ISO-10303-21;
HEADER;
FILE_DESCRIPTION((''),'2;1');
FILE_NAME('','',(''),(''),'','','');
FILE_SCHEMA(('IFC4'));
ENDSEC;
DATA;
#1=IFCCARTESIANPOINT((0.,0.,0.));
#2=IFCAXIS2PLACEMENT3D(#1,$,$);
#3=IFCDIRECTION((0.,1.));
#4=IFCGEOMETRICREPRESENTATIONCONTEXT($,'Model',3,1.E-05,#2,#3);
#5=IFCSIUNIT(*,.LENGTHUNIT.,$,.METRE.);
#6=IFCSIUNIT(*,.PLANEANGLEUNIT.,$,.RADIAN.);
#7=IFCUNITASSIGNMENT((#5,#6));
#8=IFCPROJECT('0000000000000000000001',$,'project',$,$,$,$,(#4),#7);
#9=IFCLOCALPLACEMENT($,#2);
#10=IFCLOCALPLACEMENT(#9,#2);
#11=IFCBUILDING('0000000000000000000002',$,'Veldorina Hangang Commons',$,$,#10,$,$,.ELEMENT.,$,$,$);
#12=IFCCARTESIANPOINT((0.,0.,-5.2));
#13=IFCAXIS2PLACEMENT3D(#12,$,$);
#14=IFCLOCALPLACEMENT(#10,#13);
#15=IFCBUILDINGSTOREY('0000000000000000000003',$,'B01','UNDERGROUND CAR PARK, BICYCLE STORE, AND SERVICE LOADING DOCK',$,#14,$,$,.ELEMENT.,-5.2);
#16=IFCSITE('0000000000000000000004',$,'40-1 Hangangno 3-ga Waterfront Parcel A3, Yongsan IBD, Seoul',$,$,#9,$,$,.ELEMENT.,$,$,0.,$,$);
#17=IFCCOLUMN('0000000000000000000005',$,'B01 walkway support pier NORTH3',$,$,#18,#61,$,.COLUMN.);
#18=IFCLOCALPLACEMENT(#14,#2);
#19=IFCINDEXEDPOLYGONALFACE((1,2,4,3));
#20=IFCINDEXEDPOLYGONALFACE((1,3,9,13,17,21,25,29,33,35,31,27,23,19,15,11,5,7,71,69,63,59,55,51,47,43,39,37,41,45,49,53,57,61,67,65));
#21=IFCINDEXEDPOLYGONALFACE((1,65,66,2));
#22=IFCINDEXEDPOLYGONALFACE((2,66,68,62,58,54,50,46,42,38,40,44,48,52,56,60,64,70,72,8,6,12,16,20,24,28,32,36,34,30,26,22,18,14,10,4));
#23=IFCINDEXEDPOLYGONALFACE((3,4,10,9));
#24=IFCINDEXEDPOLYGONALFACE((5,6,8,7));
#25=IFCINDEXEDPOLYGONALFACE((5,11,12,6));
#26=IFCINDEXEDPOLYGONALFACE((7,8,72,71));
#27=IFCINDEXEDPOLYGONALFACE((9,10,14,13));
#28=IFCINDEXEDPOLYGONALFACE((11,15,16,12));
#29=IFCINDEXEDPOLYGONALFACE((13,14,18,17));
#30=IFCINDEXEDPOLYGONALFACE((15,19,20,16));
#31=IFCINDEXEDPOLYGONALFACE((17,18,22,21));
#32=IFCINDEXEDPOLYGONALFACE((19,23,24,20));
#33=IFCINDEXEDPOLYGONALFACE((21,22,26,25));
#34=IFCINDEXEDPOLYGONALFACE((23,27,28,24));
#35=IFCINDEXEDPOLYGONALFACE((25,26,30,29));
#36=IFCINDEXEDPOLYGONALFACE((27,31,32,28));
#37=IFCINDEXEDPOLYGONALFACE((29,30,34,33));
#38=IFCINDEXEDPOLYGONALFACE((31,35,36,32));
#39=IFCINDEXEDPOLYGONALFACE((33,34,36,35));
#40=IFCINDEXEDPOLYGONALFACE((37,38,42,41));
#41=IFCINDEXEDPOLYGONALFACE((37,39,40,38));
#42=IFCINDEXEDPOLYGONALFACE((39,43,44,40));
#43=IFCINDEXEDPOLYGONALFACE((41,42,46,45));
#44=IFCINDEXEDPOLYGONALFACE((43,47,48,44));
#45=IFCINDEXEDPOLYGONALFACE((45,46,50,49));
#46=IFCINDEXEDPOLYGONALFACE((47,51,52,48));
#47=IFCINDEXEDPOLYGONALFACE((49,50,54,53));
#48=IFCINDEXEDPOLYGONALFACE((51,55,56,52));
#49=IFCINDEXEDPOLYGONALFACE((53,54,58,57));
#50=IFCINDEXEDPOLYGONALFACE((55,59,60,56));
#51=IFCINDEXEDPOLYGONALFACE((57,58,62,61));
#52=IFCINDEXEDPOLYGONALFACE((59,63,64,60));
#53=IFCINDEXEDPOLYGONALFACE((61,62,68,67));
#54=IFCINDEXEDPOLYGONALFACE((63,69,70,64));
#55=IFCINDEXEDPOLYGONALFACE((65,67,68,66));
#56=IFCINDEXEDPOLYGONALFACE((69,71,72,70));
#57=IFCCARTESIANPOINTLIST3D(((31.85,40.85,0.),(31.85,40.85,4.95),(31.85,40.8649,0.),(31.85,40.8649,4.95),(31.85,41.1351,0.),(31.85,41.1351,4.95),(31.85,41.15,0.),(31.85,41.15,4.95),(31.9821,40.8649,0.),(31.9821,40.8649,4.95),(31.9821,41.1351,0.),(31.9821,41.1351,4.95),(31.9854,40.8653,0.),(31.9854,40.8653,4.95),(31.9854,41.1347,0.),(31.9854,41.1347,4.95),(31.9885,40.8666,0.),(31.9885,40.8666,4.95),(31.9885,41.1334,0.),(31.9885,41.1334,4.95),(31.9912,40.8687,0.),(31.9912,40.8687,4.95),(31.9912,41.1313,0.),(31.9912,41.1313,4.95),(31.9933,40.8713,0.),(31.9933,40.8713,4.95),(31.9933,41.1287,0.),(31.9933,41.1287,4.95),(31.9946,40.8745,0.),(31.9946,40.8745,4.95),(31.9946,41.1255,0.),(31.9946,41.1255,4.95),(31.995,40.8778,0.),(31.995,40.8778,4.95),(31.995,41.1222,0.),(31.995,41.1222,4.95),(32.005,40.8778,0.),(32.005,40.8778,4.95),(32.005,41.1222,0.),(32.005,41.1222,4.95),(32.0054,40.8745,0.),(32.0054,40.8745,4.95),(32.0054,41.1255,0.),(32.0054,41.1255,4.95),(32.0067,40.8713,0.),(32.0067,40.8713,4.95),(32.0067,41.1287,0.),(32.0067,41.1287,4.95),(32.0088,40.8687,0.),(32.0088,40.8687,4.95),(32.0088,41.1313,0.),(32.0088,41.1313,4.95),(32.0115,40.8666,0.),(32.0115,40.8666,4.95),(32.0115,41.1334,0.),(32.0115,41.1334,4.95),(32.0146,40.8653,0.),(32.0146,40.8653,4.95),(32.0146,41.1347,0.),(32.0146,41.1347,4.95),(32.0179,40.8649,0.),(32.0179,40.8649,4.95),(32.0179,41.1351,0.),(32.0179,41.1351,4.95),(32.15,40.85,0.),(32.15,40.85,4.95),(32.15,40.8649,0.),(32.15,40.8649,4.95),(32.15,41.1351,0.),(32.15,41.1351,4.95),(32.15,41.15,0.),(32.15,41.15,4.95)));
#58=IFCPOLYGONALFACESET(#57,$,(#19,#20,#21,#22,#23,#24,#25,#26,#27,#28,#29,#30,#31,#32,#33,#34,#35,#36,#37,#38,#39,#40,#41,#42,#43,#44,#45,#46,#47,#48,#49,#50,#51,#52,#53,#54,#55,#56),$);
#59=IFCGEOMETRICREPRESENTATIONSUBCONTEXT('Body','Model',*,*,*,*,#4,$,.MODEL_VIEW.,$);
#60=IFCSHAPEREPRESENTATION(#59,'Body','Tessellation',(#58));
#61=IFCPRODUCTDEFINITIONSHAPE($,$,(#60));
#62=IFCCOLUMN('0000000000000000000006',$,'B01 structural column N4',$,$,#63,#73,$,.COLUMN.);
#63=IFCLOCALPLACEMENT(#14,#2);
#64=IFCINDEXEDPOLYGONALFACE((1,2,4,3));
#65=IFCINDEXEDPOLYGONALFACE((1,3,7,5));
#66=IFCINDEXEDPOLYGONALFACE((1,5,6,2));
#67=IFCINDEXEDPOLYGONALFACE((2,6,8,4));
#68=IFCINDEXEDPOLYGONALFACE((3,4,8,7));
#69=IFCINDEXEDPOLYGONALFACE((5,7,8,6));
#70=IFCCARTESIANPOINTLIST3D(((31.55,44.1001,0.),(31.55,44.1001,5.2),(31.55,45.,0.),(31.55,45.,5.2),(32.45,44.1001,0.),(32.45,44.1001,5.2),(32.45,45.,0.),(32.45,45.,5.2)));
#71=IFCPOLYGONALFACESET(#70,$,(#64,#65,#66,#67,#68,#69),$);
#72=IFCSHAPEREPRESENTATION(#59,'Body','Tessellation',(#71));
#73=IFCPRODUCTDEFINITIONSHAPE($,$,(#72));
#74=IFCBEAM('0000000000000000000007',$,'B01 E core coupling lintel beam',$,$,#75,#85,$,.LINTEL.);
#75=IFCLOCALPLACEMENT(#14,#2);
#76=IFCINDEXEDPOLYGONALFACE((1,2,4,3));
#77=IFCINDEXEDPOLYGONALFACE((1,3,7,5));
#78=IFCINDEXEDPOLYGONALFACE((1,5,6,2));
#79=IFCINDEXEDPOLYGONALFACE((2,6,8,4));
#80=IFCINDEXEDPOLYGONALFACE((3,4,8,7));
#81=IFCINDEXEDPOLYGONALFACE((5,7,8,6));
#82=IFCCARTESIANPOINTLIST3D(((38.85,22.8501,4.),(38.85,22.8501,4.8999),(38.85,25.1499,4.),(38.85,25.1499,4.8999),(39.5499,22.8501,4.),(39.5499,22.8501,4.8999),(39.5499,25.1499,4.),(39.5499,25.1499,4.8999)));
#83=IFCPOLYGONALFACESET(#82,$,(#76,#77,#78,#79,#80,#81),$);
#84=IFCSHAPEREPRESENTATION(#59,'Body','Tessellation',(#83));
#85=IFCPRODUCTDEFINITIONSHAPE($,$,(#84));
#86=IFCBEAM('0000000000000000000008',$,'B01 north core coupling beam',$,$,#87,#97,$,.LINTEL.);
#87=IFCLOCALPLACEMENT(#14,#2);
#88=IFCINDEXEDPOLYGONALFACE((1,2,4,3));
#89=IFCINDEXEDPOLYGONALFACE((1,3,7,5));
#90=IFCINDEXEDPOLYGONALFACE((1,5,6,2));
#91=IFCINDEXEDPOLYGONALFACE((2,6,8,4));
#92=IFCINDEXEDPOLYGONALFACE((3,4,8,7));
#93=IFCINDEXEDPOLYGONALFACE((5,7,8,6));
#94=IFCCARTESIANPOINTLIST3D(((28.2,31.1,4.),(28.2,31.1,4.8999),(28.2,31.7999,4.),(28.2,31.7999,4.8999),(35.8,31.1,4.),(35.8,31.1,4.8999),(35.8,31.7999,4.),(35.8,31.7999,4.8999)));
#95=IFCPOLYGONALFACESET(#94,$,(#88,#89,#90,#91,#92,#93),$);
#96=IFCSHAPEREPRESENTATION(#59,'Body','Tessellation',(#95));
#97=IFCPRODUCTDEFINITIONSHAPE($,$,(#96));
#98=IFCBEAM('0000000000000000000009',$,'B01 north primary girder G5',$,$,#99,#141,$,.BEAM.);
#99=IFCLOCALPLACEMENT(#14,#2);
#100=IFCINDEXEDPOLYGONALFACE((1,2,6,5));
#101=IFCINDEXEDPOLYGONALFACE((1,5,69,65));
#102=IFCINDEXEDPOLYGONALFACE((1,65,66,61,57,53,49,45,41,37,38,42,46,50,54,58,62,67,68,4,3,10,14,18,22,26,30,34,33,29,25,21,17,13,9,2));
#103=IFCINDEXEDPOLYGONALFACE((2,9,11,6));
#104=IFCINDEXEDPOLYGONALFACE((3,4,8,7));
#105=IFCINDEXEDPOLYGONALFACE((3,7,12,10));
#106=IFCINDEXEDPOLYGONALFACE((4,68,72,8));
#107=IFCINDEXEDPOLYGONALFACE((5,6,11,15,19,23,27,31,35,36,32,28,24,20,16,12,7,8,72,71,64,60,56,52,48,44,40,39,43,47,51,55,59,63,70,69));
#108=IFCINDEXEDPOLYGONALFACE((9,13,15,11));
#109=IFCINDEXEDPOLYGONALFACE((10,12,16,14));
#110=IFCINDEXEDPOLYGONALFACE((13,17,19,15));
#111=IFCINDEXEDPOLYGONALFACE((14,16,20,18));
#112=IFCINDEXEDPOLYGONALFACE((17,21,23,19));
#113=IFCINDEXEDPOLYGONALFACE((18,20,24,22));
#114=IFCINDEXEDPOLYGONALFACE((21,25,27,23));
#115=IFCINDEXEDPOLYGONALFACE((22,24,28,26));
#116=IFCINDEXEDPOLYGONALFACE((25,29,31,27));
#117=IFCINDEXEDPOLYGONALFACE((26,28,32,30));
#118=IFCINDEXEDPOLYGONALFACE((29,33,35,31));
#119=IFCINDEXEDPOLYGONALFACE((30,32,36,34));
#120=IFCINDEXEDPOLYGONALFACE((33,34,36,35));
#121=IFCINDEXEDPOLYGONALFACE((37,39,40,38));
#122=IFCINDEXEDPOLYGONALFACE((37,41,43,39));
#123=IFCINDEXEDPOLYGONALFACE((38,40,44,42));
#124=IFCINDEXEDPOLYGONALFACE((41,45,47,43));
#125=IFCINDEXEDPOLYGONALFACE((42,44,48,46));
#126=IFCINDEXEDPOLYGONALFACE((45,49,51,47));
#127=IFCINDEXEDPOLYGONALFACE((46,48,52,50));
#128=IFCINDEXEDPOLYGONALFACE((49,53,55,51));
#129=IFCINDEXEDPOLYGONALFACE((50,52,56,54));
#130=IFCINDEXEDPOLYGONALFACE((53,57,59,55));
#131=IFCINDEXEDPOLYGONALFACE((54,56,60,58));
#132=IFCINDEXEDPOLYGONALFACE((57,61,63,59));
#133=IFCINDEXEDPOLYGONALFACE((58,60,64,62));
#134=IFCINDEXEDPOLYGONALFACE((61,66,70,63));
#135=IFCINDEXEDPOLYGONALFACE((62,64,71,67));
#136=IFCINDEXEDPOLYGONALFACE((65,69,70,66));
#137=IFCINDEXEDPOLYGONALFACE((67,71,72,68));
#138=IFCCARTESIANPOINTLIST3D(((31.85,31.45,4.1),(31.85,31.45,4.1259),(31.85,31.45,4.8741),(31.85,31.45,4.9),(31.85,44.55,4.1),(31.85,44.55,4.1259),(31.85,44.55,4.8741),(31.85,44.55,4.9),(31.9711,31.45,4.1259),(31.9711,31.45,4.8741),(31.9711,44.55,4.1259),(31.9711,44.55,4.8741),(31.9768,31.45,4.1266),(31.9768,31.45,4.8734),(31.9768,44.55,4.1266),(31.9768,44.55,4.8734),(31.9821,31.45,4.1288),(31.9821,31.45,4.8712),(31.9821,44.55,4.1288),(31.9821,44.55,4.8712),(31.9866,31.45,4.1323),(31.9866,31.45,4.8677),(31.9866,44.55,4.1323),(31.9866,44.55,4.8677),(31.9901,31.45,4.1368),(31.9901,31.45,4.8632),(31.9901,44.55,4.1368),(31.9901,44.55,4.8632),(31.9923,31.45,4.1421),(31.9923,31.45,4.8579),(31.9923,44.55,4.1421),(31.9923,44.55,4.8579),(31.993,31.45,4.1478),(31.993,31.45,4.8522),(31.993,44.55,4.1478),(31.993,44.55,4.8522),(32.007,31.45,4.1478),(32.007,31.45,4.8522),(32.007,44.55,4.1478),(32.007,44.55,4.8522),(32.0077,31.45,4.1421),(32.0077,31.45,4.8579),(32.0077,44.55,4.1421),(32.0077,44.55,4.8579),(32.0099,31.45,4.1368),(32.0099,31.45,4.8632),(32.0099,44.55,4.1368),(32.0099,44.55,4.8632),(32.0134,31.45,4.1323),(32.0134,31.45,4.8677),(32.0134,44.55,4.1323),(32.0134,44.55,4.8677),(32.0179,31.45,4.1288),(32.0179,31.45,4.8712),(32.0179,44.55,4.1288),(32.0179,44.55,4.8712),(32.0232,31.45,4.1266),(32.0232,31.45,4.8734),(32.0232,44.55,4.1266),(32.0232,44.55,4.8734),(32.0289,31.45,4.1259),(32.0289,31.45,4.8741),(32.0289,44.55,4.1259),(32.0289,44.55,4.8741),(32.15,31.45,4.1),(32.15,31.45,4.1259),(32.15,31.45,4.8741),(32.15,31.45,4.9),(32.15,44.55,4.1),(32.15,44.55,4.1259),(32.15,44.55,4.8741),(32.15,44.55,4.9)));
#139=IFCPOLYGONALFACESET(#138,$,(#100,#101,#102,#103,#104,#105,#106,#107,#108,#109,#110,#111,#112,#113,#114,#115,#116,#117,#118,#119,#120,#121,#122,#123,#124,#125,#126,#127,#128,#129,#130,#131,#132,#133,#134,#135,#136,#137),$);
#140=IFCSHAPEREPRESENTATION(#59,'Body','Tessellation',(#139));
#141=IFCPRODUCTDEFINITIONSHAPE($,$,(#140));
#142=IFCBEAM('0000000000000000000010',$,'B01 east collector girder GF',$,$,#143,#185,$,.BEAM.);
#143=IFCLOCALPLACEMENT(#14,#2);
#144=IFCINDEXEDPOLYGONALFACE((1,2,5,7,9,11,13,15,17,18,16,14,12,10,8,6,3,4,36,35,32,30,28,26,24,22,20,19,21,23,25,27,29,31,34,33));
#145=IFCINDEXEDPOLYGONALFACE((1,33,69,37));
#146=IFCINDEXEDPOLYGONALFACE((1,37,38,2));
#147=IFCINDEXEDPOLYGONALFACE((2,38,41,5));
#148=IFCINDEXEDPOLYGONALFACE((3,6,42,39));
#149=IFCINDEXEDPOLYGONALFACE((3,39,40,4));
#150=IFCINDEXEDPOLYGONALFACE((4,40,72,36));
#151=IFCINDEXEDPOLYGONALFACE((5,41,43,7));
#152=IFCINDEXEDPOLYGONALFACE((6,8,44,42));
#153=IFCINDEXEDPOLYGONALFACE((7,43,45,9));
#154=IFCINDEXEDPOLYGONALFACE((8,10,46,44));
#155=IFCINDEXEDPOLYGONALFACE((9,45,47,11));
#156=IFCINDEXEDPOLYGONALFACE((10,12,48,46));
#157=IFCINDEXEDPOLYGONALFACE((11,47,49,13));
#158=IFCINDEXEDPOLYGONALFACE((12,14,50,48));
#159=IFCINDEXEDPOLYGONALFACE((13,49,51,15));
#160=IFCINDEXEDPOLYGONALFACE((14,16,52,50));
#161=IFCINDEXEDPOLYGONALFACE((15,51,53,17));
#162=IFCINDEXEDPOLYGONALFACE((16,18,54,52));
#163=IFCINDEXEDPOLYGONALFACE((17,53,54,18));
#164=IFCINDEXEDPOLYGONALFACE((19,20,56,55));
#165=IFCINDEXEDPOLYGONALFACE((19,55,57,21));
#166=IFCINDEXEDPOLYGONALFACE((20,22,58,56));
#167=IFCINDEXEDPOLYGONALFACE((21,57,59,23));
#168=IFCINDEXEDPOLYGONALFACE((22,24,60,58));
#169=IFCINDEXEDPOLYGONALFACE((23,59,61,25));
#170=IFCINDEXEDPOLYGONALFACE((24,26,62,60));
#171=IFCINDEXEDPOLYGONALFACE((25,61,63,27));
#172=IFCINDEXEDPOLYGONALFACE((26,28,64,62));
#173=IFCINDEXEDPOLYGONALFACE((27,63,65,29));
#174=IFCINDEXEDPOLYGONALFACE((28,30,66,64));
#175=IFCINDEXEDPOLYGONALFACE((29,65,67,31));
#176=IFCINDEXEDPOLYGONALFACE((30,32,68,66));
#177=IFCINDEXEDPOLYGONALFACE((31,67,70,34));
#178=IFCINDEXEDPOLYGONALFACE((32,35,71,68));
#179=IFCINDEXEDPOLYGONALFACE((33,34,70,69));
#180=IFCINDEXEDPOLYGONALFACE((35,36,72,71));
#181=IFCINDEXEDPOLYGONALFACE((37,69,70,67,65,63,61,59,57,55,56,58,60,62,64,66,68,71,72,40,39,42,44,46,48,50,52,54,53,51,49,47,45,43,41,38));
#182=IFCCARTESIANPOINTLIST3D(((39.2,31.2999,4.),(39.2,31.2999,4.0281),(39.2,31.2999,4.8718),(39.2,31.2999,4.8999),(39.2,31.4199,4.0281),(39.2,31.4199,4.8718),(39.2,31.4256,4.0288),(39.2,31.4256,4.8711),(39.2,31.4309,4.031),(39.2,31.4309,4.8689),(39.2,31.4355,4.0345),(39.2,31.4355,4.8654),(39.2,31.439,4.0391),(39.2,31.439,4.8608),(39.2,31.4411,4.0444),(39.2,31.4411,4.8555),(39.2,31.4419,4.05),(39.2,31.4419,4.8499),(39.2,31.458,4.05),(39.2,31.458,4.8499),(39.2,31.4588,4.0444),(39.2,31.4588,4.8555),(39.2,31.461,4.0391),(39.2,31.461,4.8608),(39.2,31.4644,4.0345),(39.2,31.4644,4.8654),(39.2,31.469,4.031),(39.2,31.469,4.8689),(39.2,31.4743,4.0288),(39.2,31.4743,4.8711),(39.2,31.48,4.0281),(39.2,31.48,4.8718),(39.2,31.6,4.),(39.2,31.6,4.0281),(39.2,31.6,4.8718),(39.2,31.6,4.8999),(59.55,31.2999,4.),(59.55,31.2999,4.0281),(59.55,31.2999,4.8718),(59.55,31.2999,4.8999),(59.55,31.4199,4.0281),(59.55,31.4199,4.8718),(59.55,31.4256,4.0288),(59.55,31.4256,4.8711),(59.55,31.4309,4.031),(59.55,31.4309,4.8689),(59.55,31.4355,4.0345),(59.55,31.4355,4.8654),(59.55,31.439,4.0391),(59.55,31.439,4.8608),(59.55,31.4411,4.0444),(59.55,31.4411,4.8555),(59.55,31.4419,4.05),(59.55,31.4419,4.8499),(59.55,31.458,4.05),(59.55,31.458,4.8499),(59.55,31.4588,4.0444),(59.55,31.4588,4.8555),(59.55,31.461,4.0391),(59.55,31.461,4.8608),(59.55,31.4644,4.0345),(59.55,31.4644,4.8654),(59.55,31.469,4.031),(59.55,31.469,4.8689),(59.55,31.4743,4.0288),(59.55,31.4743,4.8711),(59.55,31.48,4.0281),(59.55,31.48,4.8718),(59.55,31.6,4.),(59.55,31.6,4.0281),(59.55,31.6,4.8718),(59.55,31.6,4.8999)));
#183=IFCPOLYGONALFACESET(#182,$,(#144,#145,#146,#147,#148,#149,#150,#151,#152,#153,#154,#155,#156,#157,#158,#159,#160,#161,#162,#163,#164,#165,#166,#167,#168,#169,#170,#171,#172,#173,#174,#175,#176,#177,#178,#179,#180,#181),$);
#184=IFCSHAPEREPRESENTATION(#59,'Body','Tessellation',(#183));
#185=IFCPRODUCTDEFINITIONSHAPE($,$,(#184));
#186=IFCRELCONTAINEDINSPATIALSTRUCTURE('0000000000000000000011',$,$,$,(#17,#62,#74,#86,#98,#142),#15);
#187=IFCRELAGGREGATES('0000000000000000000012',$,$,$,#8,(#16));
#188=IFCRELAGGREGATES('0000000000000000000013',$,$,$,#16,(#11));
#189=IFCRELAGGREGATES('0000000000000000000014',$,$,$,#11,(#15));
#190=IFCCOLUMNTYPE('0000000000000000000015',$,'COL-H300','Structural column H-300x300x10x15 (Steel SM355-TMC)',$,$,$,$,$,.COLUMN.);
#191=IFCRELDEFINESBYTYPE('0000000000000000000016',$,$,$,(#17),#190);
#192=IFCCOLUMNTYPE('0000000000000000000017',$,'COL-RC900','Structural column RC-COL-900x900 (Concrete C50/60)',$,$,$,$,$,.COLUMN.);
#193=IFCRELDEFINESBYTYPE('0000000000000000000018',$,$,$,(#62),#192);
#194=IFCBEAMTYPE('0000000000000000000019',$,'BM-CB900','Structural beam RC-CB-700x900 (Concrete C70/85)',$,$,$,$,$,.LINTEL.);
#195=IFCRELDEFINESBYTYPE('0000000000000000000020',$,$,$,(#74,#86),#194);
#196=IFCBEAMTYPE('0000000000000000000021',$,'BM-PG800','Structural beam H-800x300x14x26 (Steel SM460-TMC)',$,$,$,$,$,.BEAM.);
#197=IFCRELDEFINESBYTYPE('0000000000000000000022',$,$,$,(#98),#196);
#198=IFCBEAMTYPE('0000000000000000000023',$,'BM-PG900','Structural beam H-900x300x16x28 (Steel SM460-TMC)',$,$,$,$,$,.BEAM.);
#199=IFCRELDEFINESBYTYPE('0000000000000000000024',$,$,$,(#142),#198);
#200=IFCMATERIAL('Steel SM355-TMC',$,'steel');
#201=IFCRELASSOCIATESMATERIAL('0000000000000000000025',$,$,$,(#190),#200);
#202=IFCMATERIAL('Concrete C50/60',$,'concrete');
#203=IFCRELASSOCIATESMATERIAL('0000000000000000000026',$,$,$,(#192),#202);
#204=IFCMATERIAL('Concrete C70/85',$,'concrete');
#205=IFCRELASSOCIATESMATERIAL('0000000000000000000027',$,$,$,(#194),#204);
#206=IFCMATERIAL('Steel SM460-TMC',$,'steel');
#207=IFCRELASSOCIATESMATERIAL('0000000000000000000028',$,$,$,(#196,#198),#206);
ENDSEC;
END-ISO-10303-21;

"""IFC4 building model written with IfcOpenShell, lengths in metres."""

from ifc_helpers import new_model, si_unit, direction, frame, origin, origin_2d, place, context, subcontext, project, spatial, rectangle, i_section, extrude, material, material_profile, profile_set, type_object, element, save


model = new_model("IFC4")

# Units and contexts
model_context = context("Model", 3, precision=1e-05, world=origin(), true_north=direction((0.0, 1.0)))
body_context = subcontext(model_context, "Body", "Model", "MODEL_VIEW")
ifc_project = project(units=[si_unit("LENGTHUNIT", "METRE"), si_unit("PLANEANGLEUNIT", "RADIAN")], contexts=[model_context])

# Site, building, storey
site_placement = place(None, origin())
site = spatial("IfcSite", under=ifc_project, at=site_placement, Name="40-1 Hangangno 3-ga Waterfront Parcel A3, Yongsan IBD, Seoul", CompositionType="ELEMENT", RefElevation=0.0)
building_placement = place(site_placement, origin())
building = spatial("IfcBuilding", under=site, at=building_placement, Name="Veldorina Hangang Commons", CompositionType="ELEMENT")
storey_placement = place(building_placement, frame((0.0, 0.0, -5.2)))
storey = spatial("IfcBuildingStorey", under=building, at=storey_placement, Name="B01", Description="UNDERGROUND CAR PARK, BICYCLE STORE, AND SERVICE LOADING DOCK", CompositionType="ELEMENT", Elevation=-5.2)

# Columns
ifc_material_1 = material(Name="Steel SM355-TMC", Category="steel")
ifc_material_profile_1 = material_profile(ifc_material_1, i_section(OverallWidth=0.3, OverallDepth=0.3, WebThickness=0.01, FlangeThickness=0.0149, FilletRadius=0.0129, at=origin_2d()), Name="H-300x300x10x15")
ifc_profile_set_1 = profile_set([ifc_material_profile_1], Name="Steel SM355-TMC")
column_type_1 = type_object("IfcColumnType", Name="COL-H300", Description="Structural column H-300x300x10x15 (Steel SM355-TMC)", PredefinedType="COLUMN", material=ifc_profile_set_1)
column_1_placement = place(storey_placement, frame((32.0, 41.0, 0.0), z_axis=(0.0, 0.0, 1.0), x_axis=(1.0, 0.0, 0.0)))
element("IfcColumn", 1, at=column_1_placement, inside=storey, type_object=column_type_1, Name="B01 walkway support pier NORTH3", PredefinedType="COLUMN", context=body_context, shape_type="SweptSolid", body=[
    extrude(i_section(OverallWidth=0.3, OverallDepth=0.3, WebThickness=0.01, FlangeThickness=0.0149, FilletRadius=0.0129, at=origin_2d()), origin(), (0.0, 0.0, 1.0), 4.95),
])
ifc_material_2 = material(Name="Concrete C50/60", Category="concrete")
ifc_material_profile_2 = material_profile(ifc_material_2, rectangle(XDim=0.8999, YDim=0.8999, at=origin_2d()), Name="RC-COL-900x900")
ifc_profile_set_2 = profile_set([ifc_material_profile_2], Name="Concrete C50/60")
column_type_2 = type_object("IfcColumnType", Name="COL-RC900", Description="Structural column RC-COL-900x900 (Concrete C50/60)", PredefinedType="COLUMN", material=ifc_profile_set_2)
column_2_placement = place(storey_placement, frame((32.0, 44.55, 0.0), z_axis=(0.0, 0.0, 1.0), x_axis=(1.0, 0.0, 0.0)))
element("IfcColumn", 2, at=column_2_placement, inside=storey, type_object=column_type_2, Name="B01 structural column N4", PredefinedType="COLUMN", context=body_context, shape_type="SweptSolid", body=[
    extrude(rectangle(XDim=0.8999, YDim=0.8999, at=origin_2d()), origin(), (0.0, 0.0, 1.0), 5.2),
])

# Beams
ifc_material_3 = material(Name="Concrete C70/85", Category="concrete")
ifc_material_profile_3 = material_profile(ifc_material_3, rectangle(XDim=0.7, YDim=0.8999, at=origin_2d()), Name="RC-CB-700x900")
ifc_profile_set_3 = profile_set([ifc_material_profile_3], Name="Concrete C70/85")
beam_type_1 = type_object("IfcBeamType", Name="BM-CB900", Description="Structural beam RC-CB-700x900 (Concrete C70/85)", PredefinedType="LINTEL", material=ifc_profile_set_3)
beam_1_placement = place(storey_placement, frame((39.2, 22.8501, 4.45), z_axis=(0.0, 1.0, 0.0), x_axis=(-1.0, 0.0, 0.0)))
element("IfcBeam", 3, at=beam_1_placement, inside=storey, type_object=beam_type_1, Name="B01 E core coupling lintel beam", PredefinedType="LINTEL", context=body_context, shape_type="SweptSolid", body=[
    extrude(rectangle(XDim=0.7, YDim=0.8999, at=origin_2d()), origin(), (0.0, 0.0, 1.0), 2.2998),
])
beam_2_placement = place(storey_placement, frame((28.2, 31.45, 4.45), z_axis=(1.0, 0.0, 0.0), x_axis=(0.0, 1.0, 0.0)))
element("IfcBeam", 4, at=beam_2_placement, inside=storey, type_object=beam_type_1, Name="B01 north core coupling beam", PredefinedType="LINTEL", context=body_context, shape_type="SweptSolid", body=[
    extrude(rectangle(XDim=0.7, YDim=0.8999, at=origin_2d()), origin(), (0.0, 0.0, 1.0), 7.6001),
])
ifc_material_4 = material(Name="Steel SM460-TMC", Category="steel")
ifc_material_profile_4 = material_profile(ifc_material_4, i_section(OverallWidth=0.3, OverallDepth=0.8, WebThickness=0.0139, FlangeThickness=0.0259, FilletRadius=0.022, at=origin_2d()), Name="H-800x300x14x26")
ifc_profile_set_4 = profile_set([ifc_material_profile_4], Name="Steel SM460-TMC")
beam_type_2 = type_object("IfcBeamType", Name="BM-PG800", Description="Structural beam H-800x300x14x26 (Steel SM460-TMC)", PredefinedType="BEAM", material=ifc_profile_set_4)
beam_3_placement = place(storey_placement, frame((32.0, 31.45, 4.5), z_axis=(0.0, 1.0, 0.0), x_axis=(-1.0, 0.0, 0.0)))
element("IfcBeam", 5, at=beam_3_placement, inside=storey, type_object=beam_type_2, Name="B01 north primary girder G5", PredefinedType="BEAM", context=body_context, shape_type="SweptSolid", body=[
    extrude(i_section(OverallWidth=0.3, OverallDepth=0.8, WebThickness=0.0139, FlangeThickness=0.0259, FilletRadius=0.022, at=origin_2d()), origin(), (0.0, 0.0, 1.0), 13.1001),
])
ifc_material_profile_5 = material_profile(ifc_material_4, i_section(OverallWidth=0.3, OverallDepth=0.8999, WebThickness=0.0161, FlangeThickness=0.0281, FilletRadius=0.022, at=origin_2d()), Name="H-900x300x16x28")
ifc_profile_set_5 = profile_set([ifc_material_profile_5], Name="Steel SM460-TMC")
beam_type_3 = type_object("IfcBeamType", Name="BM-PG900", Description="Structural beam H-900x300x16x28 (Steel SM460-TMC)", PredefinedType="BEAM", material=ifc_profile_set_5)
beam_4_placement = place(storey_placement, frame((39.2, 31.45, 4.45), z_axis=(1.0, 0.0, 0.0), x_axis=(0.0, 1.0, 0.0)))
element("IfcBeam", 6, at=beam_4_placement, inside=storey, type_object=beam_type_3, Name="B01 east collector girder GF", PredefinedType="BEAM", context=body_context, shape_type="SweptSolid", body=[
    extrude(i_section(OverallWidth=0.3, OverallDepth=0.8999, WebThickness=0.0161, FlangeThickness=0.0281, FilletRadius=0.022, at=origin_2d()), origin(), (0.0, 0.0, 1.0), 20.3501),
])

save(model, "model.ifc")
